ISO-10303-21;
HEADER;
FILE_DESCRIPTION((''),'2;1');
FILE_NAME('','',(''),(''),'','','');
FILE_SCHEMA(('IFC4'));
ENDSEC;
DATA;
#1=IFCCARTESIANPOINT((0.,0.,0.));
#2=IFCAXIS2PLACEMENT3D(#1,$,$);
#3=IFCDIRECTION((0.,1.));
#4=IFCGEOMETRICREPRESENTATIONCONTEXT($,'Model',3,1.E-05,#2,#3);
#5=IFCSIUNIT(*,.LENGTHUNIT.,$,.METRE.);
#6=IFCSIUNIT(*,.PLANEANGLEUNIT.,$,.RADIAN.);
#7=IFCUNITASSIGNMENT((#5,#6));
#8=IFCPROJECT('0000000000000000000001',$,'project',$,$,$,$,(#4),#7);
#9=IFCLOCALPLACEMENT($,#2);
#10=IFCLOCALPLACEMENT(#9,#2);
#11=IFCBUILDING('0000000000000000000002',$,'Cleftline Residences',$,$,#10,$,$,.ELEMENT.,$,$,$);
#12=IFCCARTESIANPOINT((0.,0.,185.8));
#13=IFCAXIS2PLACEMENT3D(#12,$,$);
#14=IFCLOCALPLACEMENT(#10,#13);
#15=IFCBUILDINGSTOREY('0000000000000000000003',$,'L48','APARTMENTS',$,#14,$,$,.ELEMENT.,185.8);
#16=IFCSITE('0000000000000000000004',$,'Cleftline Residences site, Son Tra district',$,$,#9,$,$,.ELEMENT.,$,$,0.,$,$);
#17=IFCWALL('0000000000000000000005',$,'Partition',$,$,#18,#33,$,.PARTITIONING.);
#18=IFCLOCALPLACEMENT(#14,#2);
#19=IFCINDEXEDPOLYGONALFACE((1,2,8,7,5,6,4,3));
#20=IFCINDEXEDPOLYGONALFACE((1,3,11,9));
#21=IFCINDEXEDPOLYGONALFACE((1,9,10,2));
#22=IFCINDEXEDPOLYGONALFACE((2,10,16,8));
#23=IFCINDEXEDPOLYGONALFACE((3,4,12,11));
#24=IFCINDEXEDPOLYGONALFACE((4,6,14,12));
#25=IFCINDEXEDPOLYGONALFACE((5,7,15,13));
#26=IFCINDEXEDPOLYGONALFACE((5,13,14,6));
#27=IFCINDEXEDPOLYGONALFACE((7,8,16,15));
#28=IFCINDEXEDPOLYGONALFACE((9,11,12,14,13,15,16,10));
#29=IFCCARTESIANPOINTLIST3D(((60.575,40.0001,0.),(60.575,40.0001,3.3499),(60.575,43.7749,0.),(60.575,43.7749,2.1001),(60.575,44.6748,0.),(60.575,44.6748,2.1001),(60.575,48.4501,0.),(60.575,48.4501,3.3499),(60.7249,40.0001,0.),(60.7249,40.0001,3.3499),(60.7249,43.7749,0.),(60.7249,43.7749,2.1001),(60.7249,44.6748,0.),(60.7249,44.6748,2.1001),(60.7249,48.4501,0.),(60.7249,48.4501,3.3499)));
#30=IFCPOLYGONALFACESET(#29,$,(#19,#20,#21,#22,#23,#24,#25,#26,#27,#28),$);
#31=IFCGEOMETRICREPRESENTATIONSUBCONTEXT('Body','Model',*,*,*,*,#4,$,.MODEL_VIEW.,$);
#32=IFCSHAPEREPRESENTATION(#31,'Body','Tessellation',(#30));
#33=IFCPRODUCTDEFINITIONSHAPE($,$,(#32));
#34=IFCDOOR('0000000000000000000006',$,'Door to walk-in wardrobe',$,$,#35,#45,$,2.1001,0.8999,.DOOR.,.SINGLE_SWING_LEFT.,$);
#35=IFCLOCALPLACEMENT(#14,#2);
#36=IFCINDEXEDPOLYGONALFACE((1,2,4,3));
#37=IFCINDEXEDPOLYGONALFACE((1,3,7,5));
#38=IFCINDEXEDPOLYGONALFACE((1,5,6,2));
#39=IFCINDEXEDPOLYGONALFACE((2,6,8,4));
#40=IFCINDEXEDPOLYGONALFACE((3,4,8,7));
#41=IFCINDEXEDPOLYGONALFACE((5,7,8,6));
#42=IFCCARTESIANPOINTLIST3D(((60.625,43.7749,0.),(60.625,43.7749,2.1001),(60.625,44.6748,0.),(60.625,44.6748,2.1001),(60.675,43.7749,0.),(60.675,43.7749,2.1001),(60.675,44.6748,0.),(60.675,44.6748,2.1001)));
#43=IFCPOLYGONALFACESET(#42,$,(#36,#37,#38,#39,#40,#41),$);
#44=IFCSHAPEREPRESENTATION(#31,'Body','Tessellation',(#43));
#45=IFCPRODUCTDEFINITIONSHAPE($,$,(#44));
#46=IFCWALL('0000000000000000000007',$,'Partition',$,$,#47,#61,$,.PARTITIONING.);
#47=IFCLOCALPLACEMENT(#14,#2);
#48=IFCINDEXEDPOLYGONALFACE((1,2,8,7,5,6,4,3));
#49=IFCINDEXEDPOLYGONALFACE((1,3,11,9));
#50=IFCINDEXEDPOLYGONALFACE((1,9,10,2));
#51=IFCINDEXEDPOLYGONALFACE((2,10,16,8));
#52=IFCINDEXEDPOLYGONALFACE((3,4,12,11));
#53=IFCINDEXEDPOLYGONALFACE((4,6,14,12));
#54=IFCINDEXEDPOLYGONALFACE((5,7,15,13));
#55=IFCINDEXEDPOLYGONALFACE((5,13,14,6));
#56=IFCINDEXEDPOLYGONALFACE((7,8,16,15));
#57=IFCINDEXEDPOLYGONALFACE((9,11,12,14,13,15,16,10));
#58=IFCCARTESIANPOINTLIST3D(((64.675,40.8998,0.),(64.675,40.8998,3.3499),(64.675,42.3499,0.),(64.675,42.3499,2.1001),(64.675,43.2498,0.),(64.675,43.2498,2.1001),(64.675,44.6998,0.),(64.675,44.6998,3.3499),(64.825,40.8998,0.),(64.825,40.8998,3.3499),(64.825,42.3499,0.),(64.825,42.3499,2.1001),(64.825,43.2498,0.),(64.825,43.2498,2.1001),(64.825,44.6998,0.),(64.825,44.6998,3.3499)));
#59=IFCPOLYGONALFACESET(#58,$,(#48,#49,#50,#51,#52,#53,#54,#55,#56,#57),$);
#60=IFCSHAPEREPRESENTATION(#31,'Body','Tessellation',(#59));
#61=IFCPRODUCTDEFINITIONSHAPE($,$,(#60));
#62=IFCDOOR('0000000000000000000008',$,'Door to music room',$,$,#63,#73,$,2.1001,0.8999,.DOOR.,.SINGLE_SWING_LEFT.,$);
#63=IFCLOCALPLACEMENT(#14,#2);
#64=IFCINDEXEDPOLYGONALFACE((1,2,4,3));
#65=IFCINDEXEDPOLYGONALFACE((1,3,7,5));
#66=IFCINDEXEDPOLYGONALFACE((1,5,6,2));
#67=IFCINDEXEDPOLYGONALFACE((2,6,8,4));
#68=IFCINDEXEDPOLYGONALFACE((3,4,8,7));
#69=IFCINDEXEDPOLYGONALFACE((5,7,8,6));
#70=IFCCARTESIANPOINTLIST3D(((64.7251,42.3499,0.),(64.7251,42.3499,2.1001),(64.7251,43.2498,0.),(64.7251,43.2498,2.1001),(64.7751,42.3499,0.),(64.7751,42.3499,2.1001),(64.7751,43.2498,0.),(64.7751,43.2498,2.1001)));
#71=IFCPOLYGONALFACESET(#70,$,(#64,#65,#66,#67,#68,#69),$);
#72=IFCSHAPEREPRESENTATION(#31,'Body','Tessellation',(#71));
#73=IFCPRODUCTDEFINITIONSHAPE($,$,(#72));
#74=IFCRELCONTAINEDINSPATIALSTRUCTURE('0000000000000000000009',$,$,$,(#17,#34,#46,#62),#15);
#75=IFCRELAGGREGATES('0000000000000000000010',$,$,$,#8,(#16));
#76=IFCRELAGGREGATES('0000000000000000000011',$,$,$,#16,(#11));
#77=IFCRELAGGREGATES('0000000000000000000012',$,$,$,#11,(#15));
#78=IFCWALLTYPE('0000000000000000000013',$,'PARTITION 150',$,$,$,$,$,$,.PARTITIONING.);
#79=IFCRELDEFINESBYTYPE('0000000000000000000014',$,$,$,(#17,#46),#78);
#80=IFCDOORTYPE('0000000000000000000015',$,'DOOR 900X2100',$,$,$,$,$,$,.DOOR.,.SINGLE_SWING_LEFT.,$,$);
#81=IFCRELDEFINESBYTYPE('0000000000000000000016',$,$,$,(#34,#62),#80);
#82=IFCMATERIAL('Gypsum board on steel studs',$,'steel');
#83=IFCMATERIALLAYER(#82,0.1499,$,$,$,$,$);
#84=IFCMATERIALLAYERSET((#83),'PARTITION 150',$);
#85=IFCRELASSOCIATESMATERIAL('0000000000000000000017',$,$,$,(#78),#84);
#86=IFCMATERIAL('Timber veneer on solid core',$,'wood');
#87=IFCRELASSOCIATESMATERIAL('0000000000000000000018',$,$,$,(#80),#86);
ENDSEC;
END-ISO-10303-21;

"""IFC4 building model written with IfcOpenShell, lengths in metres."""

from ifc_helpers import new_model, si_unit, direction, frame, frame_2d, origin, place, context, subcontext, project, spatial, rectangle, extrude, material, layer, layer_set, type_object, element, fill, save


model = new_model("IFC4")

# Units and contexts
model_context = context("Model", 3, precision=1e-05, world=origin(), true_north=direction((0.0, 1.0)))
body_context = subcontext(model_context, "Body", "Model", "MODEL_VIEW")
ifc_project = project(units=[si_unit("LENGTHUNIT", "METRE"), si_unit("PLANEANGLEUNIT", "RADIAN")], contexts=[model_context])

# Site, building, storey
site_placement = place(None, origin())
site = spatial("IfcSite", under=ifc_project, at=site_placement, Name="Cleftline Residences site, Son Tra district", CompositionType="ELEMENT", RefElevation=0.0)
building_placement = place(site_placement, origin())
building = spatial("IfcBuilding", under=site, at=building_placement, Name="Cleftline Residences", CompositionType="ELEMENT")
storey_placement = place(building_placement, frame((0.0, 0.0, 185.8)))
storey = spatial("IfcBuildingStorey", under=building, at=storey_placement, Name="L48", Description="APARTMENTS", CompositionType="ELEMENT", Elevation=185.8)

# Walls, openings, doors
ifc_material_1 = material(Name="Gypsum board on steel studs", Category="steel")
ifc_layer_1 = layer(ifc_material_1, 0.1499)
ifc_layer_set_1 = layer_set([ifc_layer_1], Name="PARTITION 150")
wall_type_1 = type_object("IfcWallType", Name="PARTITION 150", PredefinedType="PARTITIONING", material=ifc_layer_set_1)
wall_1_placement = place(storey_placement, frame((60.6499, 40.0, 0.0), z_axis=(0.0, 0.0, 1.0), x_axis=(0.0, 1.0, 0.0)))
wall_1 = element("IfcWall", 1, at=wall_1_placement, inside=storey, type_object=wall_type_1, Name="Partition", PredefinedType="PARTITIONING", context=body_context, shape_type="SweptSolid", body=[
    extrude(rectangle(XDim=8.45, YDim=0.1499, at=frame_2d((4.2251, 0.0))), origin(), (0.0, 0.0, 1.0), 3.3499),
])
opening_1_placement = place(wall_1_placement, frame((3.7749, 0.0, 0.0)))
opening_1 = element("IfcOpeningElement", 2, at=opening_1_placement, cuts=wall_1, PredefinedType="OPENING", context=body_context, shape_type="SweptSolid", body=[
    extrude(rectangle(XDim=0.8999, YDim=2.1001, at=frame_2d((0.45, 1.05))), frame((0.0, 0.085, 0.0), z_axis=(0.0, -1.0, 0.0), x_axis=(1.0, 0.0, 0.0)), (0.0, 0.0, 1.0), 0.1699),
])
ifc_material_2 = material(Name="Timber veneer on solid core", Category="wood")
door_type = type_object("IfcDoorType", Name="DOOR 900X2100", OperationType="SINGLE_SWING_LEFT", PredefinedType="DOOR", material=ifc_material_2)
door_1_placement = place(opening_1_placement, origin())
door_1 = element("IfcDoor", 3, at=door_1_placement, inside=storey, type_object=door_type, Name="Door to walk-in wardrobe", OperationType="SINGLE_SWING_LEFT", OverallHeight=2.1001, OverallWidth=0.8999, PredefinedType="DOOR", context=body_context, shape_type="SweptSolid", body=[
    extrude(rectangle(XDim=0.8999, YDim=2.1001, at=frame_2d((0.45, 1.05))), frame((0.0, 0.0249, 0.0), z_axis=(0.0, -1.0, 0.0), x_axis=(1.0, 0.0, 0.0)), (0.0, 0.0, 1.0), 0.05),
])
fill(opening_1, door_1)
wall_2_placement = place(storey_placement, frame((64.75, 40.8999, 0.0), z_axis=(0.0, 0.0, 1.0), x_axis=(0.0, 1.0, 0.0)))
wall_2 = element("IfcWall", 4, at=wall_2_placement, inside=storey, type_object=wall_type_1, Name="Partition", PredefinedType="PARTITIONING", context=body_context, shape_type="SweptSolid", body=[
    extrude(rectangle(XDim=3.8, YDim=0.1499, at=frame_2d((1.8999, 0.0))), origin(), (0.0, 0.0, 1.0), 3.3499),
])
opening_2_placement = place(wall_2_placement, frame((1.45, 0.0, 0.0)))
opening_2 = element("IfcOpeningElement", 5, at=opening_2_placement, cuts=wall_2, PredefinedType="OPENING", context=body_context, shape_type="SweptSolid", body=[
    extrude(rectangle(XDim=0.8999, YDim=2.1001, at=frame_2d((0.45, 1.05))), frame((0.0, 0.085, 0.0), z_axis=(0.0, -1.0, 0.0), x_axis=(1.0, 0.0, 0.0)), (0.0, 0.0, 1.0), 0.1699),
])
door_2_placement = place(opening_2_placement, origin())
door_2 = element("IfcDoor", 6, at=door_2_placement, inside=storey, type_object=door_type, Name="Door to music room", OperationType="SINGLE_SWING_LEFT", OverallHeight=2.1001, OverallWidth=0.8999, PredefinedType="DOOR", context=body_context, shape_type="SweptSolid", body=[
    extrude(rectangle(XDim=0.8999, YDim=2.1001, at=frame_2d((0.45, 1.05))), frame((0.0, 0.0249, 0.0), z_axis=(0.0, -1.0, 0.0), x_axis=(1.0, 0.0, 0.0)), (0.0, 0.0, 1.0), 0.05),
])
fill(opening_2, door_2)

save(model, "model.ifc")
